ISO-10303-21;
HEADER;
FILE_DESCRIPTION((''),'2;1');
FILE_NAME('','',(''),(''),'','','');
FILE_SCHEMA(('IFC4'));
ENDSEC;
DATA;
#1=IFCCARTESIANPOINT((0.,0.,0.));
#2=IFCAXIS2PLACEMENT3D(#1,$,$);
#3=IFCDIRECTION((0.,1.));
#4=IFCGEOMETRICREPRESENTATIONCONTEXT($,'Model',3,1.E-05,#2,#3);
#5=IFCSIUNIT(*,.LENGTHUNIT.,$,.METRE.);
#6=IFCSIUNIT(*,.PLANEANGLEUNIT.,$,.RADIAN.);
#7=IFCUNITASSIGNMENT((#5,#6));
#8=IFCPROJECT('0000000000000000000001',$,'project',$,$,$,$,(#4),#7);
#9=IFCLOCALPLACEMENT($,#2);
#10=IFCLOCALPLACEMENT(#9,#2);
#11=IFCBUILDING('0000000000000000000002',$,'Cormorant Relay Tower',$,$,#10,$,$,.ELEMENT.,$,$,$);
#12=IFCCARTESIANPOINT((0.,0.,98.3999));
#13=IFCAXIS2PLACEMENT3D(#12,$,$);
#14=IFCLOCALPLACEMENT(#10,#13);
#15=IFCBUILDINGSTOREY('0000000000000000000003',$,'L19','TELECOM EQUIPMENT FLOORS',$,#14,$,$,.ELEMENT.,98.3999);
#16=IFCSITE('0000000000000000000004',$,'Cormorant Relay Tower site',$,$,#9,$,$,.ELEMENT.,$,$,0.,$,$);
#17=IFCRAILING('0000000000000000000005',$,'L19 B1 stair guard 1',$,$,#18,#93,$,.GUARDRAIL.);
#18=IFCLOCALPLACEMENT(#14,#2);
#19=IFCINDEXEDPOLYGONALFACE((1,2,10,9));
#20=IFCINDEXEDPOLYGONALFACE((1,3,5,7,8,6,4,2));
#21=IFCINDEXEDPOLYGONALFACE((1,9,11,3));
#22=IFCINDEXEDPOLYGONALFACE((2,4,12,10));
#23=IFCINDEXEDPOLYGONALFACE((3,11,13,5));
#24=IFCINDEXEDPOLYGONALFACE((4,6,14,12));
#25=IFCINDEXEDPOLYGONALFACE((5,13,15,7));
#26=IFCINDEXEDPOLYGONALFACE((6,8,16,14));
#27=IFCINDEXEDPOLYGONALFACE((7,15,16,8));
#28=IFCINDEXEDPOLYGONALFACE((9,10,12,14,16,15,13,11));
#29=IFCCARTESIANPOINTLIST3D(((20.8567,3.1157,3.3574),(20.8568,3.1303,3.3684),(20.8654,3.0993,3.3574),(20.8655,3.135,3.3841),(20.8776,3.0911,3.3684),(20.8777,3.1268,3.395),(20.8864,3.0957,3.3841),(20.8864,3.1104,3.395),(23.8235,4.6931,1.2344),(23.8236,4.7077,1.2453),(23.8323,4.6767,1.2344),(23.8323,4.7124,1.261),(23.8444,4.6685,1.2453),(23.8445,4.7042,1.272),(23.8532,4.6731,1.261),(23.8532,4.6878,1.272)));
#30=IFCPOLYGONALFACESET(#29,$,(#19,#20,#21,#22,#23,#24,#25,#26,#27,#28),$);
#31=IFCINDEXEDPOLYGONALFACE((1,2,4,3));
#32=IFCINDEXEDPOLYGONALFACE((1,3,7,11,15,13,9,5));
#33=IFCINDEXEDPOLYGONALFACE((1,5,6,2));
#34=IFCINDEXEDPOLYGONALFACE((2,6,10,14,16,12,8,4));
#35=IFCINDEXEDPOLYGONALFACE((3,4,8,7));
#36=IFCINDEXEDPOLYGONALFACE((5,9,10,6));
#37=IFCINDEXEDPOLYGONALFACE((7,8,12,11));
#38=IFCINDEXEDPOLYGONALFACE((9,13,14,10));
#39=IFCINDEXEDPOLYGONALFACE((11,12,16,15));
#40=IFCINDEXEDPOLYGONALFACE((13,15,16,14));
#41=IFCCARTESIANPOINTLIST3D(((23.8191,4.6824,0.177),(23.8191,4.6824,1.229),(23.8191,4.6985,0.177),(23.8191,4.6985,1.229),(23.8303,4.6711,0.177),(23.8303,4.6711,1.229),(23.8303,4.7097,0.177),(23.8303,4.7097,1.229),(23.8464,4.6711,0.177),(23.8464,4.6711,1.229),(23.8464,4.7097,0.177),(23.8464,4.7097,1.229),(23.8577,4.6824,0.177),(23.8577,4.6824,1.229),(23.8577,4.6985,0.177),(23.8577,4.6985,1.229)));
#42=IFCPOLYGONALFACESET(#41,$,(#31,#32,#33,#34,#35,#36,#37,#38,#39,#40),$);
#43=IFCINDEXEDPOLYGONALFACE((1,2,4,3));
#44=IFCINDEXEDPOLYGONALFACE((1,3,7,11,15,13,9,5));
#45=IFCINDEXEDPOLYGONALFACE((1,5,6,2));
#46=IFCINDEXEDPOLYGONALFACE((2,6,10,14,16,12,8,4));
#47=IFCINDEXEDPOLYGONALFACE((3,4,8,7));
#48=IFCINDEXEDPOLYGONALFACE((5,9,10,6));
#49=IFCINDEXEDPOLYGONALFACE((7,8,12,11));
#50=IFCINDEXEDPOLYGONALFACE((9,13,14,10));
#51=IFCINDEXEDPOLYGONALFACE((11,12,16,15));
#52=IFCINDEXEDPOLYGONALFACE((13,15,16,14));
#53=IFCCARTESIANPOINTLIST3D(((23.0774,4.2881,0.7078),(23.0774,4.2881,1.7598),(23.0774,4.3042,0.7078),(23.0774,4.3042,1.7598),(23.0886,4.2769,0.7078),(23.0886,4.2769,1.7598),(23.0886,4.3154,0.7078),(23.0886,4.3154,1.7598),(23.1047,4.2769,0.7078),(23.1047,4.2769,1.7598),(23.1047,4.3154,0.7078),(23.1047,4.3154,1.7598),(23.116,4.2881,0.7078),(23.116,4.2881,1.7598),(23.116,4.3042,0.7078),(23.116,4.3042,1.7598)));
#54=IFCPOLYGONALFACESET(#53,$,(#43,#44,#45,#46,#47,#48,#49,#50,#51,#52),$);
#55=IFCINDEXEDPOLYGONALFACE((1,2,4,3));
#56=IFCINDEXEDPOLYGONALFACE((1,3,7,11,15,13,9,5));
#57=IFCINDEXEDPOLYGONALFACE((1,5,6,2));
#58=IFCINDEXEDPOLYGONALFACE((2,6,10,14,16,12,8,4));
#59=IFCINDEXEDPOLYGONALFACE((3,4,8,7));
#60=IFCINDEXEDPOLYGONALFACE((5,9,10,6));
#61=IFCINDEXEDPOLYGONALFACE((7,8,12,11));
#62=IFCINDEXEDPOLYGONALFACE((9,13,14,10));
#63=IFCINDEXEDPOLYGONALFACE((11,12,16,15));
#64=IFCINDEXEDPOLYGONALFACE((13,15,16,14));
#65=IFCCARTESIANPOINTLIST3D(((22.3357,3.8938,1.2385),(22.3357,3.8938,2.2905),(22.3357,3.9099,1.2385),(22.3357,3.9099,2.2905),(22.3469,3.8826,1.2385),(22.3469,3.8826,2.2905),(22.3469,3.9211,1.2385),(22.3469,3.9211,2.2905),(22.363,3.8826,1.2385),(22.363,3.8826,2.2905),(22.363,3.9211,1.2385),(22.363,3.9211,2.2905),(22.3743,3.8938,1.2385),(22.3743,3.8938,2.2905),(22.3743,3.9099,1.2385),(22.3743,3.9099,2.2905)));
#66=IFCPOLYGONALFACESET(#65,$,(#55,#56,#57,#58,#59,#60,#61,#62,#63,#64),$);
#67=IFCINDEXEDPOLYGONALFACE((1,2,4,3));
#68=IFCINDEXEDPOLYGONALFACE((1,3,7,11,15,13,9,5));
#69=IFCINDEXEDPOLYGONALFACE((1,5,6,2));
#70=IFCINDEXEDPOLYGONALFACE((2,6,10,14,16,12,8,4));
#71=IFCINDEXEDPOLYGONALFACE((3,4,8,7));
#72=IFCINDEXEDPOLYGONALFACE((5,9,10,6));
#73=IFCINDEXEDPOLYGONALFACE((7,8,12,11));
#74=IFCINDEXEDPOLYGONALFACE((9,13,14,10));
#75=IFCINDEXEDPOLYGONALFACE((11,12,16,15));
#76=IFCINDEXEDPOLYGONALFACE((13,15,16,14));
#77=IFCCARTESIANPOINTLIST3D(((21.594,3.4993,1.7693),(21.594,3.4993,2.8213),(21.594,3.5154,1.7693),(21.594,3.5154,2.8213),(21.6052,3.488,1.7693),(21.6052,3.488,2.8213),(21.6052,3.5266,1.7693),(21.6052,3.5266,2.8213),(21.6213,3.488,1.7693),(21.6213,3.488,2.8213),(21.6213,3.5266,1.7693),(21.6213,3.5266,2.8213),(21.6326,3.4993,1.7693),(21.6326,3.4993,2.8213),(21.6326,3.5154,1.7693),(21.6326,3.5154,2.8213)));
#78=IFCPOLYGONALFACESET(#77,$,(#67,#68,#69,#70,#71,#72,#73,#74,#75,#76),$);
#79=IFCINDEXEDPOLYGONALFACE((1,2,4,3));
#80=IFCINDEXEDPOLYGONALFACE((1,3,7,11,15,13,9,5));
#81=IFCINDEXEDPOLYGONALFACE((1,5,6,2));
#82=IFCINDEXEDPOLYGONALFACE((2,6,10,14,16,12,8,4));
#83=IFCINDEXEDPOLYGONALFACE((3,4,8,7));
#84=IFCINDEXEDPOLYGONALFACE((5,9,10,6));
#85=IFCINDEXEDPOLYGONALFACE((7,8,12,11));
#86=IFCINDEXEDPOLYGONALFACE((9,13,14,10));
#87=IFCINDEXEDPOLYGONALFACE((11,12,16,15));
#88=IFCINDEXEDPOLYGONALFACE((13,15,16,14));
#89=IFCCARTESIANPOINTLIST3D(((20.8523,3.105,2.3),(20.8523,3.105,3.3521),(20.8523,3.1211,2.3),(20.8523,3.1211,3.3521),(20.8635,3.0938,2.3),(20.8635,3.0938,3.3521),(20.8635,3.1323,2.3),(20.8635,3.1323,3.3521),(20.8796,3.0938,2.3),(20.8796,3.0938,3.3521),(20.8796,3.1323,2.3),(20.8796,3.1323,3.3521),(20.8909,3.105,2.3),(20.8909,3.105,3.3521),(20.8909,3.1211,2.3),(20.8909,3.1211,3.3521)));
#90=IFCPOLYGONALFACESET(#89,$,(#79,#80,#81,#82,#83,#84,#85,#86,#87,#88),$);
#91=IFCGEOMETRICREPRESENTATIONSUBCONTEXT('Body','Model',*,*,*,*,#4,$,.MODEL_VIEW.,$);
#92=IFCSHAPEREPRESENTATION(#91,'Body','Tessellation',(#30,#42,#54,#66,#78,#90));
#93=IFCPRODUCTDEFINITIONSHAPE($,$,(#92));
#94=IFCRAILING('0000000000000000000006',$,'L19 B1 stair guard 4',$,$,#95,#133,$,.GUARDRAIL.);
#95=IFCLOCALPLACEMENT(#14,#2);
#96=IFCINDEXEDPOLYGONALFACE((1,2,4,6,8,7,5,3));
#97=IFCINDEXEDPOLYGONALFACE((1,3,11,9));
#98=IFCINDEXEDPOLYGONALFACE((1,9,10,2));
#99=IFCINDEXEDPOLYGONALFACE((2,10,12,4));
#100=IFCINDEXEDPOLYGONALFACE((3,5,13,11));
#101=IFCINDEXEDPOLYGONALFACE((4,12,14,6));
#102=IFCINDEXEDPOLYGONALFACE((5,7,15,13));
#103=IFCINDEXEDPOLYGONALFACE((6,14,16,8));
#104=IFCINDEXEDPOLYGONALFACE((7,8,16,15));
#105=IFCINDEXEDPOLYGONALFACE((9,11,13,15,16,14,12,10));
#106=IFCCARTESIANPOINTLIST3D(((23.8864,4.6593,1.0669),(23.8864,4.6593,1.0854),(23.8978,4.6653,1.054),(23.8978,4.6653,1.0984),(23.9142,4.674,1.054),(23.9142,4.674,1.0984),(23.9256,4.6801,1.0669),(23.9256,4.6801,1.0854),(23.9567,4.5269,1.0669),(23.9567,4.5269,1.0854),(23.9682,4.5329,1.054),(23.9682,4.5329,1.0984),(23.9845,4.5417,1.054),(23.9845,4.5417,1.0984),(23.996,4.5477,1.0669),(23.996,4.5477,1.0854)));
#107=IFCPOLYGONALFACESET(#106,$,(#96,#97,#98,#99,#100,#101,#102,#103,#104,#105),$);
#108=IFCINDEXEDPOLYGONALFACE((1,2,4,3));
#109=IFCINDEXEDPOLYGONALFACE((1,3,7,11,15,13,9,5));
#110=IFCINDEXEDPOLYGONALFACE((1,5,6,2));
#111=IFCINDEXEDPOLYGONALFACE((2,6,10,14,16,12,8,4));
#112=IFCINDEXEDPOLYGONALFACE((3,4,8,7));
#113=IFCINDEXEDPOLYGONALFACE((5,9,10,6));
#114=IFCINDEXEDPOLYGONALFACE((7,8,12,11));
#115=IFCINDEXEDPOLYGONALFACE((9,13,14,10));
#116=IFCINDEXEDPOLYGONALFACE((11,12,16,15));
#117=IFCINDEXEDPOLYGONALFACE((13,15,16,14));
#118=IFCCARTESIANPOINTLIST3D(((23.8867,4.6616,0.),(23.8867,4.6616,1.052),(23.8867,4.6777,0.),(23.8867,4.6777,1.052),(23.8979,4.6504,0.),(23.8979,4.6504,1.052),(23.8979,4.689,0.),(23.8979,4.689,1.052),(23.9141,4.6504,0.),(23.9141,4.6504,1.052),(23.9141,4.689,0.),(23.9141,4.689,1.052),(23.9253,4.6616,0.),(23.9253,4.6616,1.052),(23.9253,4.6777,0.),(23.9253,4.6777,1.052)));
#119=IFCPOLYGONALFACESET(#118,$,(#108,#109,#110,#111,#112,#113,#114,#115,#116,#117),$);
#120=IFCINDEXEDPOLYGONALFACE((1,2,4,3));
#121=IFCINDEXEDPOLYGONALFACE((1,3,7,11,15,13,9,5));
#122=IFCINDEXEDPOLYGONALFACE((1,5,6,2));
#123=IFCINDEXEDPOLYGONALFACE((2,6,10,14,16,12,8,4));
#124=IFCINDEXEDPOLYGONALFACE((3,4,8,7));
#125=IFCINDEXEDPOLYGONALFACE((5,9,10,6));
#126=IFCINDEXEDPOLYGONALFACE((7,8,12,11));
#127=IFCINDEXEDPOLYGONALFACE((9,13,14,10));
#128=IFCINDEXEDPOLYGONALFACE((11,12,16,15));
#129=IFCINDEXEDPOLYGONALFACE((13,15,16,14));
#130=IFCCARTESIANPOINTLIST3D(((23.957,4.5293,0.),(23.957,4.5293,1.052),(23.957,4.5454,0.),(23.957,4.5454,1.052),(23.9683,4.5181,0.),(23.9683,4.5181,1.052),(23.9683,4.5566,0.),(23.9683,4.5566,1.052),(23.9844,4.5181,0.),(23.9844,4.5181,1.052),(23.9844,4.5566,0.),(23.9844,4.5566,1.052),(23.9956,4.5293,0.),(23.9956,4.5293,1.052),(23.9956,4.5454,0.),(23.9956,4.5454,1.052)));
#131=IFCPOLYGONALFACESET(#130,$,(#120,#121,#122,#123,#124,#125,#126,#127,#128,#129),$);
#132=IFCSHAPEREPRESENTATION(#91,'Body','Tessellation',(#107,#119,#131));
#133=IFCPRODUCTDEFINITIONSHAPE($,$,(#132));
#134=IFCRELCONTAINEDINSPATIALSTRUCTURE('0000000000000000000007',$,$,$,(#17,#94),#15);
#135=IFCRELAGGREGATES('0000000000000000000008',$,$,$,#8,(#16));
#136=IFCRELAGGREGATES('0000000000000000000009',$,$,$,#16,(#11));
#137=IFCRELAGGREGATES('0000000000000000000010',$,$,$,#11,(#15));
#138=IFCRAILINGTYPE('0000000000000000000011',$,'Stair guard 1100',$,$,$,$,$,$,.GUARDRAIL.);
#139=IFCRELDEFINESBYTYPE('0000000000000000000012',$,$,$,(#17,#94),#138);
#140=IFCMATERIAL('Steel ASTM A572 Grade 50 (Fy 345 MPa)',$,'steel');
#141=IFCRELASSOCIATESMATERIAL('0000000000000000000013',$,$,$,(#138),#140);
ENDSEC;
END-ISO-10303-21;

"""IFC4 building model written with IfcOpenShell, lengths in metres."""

from ifc_helpers import new_model, si_unit, direction, frame, origin, place, context, subcontext, project, spatial, polyline, outline, extrude, material, type_object, element, save


model = new_model("IFC4")

# Units and contexts
model_context = context("Model", 3, precision=1e-05, world=origin(), true_north=direction((0.0, 1.0)))
body_context = subcontext(model_context, "Body", "Model", "MODEL_VIEW")
ifc_project = project(units=[si_unit("LENGTHUNIT", "METRE"), si_unit("PLANEANGLEUNIT", "RADIAN")], contexts=[model_context])

# Site, building, storey
site_placement = place(None, origin())
site = spatial("IfcSite", under=ifc_project, at=site_placement, Name="Cormorant Relay Tower site", CompositionType="ELEMENT", RefElevation=0.0)
building_placement = place(site_placement, origin())
building = spatial("IfcBuilding", under=site, at=building_placement, Name="Cormorant Relay Tower", CompositionType="ELEMENT")
storey_placement = place(building_placement, frame((0.0, 0.0, 98.3999)))
storey = spatial("IfcBuildingStorey", under=building, at=storey_placement, Name="L19", Description="TELECOM EQUIPMENT FLOORS", CompositionType="ELEMENT", Elevation=98.3999)

# Railings
ifc_material_1 = material(Name="Steel ASTM A572 Grade 50 (Fy 345 MPa)", Category="steel")
railing_type = type_object("IfcRailingType", Name="Stair guard 1100", PredefinedType="GUARDRAIL", material=ifc_material_1)
railing_1_placement = place(storey_placement, frame((23.8384, 4.6904, 0.177)))
element("IfcRailing", 1, at=railing_1_placement, inside=storey, type_object=railing_type, Name="L19 B1 stair guard 1", PredefinedType="GUARDRAIL", context=body_context, shape_type="SweptSolid", body=[
    extrude(outline(polyline([(0.0222, 0.0093), (0.0093, 0.0222), (-0.0093, 0.0222), (-0.0222, 0.0093), (-0.0222, -0.0093), (-0.0093, -0.0222), (0.0093, -0.0222), (0.0222, -0.0093), (0.0222, 0.0093)])), frame((0.0, 0.0, 1.0762), z_axis=(-0.746441, -0.396869, 0.534155), x_axis=(0.469453, -0.882958, 0.0)), (0.0, 0.0, 1.0), 3.9746),
    extrude(outline(polyline([(0.0193, 0.0081), (0.0081, 0.0193), (-0.0081, 0.0193), (-0.0193, 0.0081), (-0.0193, -0.0081), (-0.0081, -0.0193), (0.0081, -0.0193), (0.0193, -0.0081), (0.0193, 0.0081)])), origin(), (0.0, 0.0, 1.0), 1.052),
    extrude(outline(polyline([(0.0193, 0.0081), (0.0081, 0.0193), (-0.0081, 0.0193), (-0.0193, 0.0081), (-0.0193, -0.0081), (-0.0081, -0.0193), (0.0081, -0.0193), (0.0193, -0.0081), (0.0193, 0.0081)])), frame((-0.7417, -0.3943, 0.5308)), (0.0, 0.0, 1.0), 1.052),
    extrude(outline(polyline([(0.0193, 0.0081), (0.0081, 0.0193), (-0.0081, 0.0193), (-0.0193, 0.0081), (-0.0193, -0.0081), (-0.0081, -0.0193), (0.0081, -0.0193), (0.0193, -0.0081), (0.0193, 0.0081)])), frame((-1.4834, -0.7886, 1.0615)), (0.0, 0.0, 1.0), 1.052),
    extrude(outline(polyline([(0.0193, 0.0081), (0.0081, 0.0193), (-0.0081, 0.0193), (-0.0193, 0.0081), (-0.0193, -0.0081), (-0.0081, -0.0193), (0.0081, -0.0193), (0.0193, -0.0081), (0.0193, 0.0081)])), frame((-2.2251, -1.1831, 1.5923)), (0.0, 0.0, 1.0), 1.052),
    extrude(outline(polyline([(0.0193, 0.0081), (0.0081, 0.0193), (-0.0081, 0.0193), (-0.0193, 0.0081), (-0.0193, -0.0081), (-0.0081, -0.0193), (0.0081, -0.0193), (0.0193, -0.0081), (0.0193, 0.0081)])), frame((-2.9668, -1.5774, 2.123)), (0.0, 0.0, 1.0), 1.052),
])
railing_2_placement = place(storey_placement, frame((23.906, 4.6697, 0.0)))
element("IfcRailing", 2, at=railing_2_placement, inside=storey, type_object=railing_type, Name="L19 B1 stair guard 4", PredefinedType="GUARDRAIL", context=body_context, shape_type="SweptSolid", body=[
    extrude(outline(polyline([(0.0222, 0.0093), (0.0093, 0.0222), (-0.0093, 0.0222), (-0.0222, 0.0093), (-0.0222, -0.0093), (-0.0093, -0.0222), (0.0093, -0.0222), (0.0222, -0.0093), (0.0222, 0.0093)])), frame((0.0, 0.0, 1.0762), z_axis=(0.469235, -0.883074, 0.0), x_axis=(0.883074, 0.469235, 0.0)), (0.0, 0.0, 1.0), 0.1499),
    extrude(outline(polyline([(0.0193, 0.0081), (0.0081, 0.0193), (-0.0081, 0.0193), (-0.0193, 0.0081), (-0.0193, -0.0081), (-0.0081, -0.0193), (0.0081, -0.0193), (0.0193, -0.0081), (0.0193, 0.0081)])), origin(), (0.0, 0.0, 1.0), 1.052),
    extrude(outline(polyline([(0.0193, 0.0081), (0.0081, 0.0193), (-0.0081, 0.0193), (-0.0193, 0.0081), (-0.0193, -0.0081), (-0.0081, -0.0193), (0.0081, -0.0193), (0.0193, -0.0081), (0.0193, 0.0081)])), frame((0.0703, -0.1323, 0.0)), (0.0, 0.0, 1.0), 1.052),
])

save(model, "model.ifc")
